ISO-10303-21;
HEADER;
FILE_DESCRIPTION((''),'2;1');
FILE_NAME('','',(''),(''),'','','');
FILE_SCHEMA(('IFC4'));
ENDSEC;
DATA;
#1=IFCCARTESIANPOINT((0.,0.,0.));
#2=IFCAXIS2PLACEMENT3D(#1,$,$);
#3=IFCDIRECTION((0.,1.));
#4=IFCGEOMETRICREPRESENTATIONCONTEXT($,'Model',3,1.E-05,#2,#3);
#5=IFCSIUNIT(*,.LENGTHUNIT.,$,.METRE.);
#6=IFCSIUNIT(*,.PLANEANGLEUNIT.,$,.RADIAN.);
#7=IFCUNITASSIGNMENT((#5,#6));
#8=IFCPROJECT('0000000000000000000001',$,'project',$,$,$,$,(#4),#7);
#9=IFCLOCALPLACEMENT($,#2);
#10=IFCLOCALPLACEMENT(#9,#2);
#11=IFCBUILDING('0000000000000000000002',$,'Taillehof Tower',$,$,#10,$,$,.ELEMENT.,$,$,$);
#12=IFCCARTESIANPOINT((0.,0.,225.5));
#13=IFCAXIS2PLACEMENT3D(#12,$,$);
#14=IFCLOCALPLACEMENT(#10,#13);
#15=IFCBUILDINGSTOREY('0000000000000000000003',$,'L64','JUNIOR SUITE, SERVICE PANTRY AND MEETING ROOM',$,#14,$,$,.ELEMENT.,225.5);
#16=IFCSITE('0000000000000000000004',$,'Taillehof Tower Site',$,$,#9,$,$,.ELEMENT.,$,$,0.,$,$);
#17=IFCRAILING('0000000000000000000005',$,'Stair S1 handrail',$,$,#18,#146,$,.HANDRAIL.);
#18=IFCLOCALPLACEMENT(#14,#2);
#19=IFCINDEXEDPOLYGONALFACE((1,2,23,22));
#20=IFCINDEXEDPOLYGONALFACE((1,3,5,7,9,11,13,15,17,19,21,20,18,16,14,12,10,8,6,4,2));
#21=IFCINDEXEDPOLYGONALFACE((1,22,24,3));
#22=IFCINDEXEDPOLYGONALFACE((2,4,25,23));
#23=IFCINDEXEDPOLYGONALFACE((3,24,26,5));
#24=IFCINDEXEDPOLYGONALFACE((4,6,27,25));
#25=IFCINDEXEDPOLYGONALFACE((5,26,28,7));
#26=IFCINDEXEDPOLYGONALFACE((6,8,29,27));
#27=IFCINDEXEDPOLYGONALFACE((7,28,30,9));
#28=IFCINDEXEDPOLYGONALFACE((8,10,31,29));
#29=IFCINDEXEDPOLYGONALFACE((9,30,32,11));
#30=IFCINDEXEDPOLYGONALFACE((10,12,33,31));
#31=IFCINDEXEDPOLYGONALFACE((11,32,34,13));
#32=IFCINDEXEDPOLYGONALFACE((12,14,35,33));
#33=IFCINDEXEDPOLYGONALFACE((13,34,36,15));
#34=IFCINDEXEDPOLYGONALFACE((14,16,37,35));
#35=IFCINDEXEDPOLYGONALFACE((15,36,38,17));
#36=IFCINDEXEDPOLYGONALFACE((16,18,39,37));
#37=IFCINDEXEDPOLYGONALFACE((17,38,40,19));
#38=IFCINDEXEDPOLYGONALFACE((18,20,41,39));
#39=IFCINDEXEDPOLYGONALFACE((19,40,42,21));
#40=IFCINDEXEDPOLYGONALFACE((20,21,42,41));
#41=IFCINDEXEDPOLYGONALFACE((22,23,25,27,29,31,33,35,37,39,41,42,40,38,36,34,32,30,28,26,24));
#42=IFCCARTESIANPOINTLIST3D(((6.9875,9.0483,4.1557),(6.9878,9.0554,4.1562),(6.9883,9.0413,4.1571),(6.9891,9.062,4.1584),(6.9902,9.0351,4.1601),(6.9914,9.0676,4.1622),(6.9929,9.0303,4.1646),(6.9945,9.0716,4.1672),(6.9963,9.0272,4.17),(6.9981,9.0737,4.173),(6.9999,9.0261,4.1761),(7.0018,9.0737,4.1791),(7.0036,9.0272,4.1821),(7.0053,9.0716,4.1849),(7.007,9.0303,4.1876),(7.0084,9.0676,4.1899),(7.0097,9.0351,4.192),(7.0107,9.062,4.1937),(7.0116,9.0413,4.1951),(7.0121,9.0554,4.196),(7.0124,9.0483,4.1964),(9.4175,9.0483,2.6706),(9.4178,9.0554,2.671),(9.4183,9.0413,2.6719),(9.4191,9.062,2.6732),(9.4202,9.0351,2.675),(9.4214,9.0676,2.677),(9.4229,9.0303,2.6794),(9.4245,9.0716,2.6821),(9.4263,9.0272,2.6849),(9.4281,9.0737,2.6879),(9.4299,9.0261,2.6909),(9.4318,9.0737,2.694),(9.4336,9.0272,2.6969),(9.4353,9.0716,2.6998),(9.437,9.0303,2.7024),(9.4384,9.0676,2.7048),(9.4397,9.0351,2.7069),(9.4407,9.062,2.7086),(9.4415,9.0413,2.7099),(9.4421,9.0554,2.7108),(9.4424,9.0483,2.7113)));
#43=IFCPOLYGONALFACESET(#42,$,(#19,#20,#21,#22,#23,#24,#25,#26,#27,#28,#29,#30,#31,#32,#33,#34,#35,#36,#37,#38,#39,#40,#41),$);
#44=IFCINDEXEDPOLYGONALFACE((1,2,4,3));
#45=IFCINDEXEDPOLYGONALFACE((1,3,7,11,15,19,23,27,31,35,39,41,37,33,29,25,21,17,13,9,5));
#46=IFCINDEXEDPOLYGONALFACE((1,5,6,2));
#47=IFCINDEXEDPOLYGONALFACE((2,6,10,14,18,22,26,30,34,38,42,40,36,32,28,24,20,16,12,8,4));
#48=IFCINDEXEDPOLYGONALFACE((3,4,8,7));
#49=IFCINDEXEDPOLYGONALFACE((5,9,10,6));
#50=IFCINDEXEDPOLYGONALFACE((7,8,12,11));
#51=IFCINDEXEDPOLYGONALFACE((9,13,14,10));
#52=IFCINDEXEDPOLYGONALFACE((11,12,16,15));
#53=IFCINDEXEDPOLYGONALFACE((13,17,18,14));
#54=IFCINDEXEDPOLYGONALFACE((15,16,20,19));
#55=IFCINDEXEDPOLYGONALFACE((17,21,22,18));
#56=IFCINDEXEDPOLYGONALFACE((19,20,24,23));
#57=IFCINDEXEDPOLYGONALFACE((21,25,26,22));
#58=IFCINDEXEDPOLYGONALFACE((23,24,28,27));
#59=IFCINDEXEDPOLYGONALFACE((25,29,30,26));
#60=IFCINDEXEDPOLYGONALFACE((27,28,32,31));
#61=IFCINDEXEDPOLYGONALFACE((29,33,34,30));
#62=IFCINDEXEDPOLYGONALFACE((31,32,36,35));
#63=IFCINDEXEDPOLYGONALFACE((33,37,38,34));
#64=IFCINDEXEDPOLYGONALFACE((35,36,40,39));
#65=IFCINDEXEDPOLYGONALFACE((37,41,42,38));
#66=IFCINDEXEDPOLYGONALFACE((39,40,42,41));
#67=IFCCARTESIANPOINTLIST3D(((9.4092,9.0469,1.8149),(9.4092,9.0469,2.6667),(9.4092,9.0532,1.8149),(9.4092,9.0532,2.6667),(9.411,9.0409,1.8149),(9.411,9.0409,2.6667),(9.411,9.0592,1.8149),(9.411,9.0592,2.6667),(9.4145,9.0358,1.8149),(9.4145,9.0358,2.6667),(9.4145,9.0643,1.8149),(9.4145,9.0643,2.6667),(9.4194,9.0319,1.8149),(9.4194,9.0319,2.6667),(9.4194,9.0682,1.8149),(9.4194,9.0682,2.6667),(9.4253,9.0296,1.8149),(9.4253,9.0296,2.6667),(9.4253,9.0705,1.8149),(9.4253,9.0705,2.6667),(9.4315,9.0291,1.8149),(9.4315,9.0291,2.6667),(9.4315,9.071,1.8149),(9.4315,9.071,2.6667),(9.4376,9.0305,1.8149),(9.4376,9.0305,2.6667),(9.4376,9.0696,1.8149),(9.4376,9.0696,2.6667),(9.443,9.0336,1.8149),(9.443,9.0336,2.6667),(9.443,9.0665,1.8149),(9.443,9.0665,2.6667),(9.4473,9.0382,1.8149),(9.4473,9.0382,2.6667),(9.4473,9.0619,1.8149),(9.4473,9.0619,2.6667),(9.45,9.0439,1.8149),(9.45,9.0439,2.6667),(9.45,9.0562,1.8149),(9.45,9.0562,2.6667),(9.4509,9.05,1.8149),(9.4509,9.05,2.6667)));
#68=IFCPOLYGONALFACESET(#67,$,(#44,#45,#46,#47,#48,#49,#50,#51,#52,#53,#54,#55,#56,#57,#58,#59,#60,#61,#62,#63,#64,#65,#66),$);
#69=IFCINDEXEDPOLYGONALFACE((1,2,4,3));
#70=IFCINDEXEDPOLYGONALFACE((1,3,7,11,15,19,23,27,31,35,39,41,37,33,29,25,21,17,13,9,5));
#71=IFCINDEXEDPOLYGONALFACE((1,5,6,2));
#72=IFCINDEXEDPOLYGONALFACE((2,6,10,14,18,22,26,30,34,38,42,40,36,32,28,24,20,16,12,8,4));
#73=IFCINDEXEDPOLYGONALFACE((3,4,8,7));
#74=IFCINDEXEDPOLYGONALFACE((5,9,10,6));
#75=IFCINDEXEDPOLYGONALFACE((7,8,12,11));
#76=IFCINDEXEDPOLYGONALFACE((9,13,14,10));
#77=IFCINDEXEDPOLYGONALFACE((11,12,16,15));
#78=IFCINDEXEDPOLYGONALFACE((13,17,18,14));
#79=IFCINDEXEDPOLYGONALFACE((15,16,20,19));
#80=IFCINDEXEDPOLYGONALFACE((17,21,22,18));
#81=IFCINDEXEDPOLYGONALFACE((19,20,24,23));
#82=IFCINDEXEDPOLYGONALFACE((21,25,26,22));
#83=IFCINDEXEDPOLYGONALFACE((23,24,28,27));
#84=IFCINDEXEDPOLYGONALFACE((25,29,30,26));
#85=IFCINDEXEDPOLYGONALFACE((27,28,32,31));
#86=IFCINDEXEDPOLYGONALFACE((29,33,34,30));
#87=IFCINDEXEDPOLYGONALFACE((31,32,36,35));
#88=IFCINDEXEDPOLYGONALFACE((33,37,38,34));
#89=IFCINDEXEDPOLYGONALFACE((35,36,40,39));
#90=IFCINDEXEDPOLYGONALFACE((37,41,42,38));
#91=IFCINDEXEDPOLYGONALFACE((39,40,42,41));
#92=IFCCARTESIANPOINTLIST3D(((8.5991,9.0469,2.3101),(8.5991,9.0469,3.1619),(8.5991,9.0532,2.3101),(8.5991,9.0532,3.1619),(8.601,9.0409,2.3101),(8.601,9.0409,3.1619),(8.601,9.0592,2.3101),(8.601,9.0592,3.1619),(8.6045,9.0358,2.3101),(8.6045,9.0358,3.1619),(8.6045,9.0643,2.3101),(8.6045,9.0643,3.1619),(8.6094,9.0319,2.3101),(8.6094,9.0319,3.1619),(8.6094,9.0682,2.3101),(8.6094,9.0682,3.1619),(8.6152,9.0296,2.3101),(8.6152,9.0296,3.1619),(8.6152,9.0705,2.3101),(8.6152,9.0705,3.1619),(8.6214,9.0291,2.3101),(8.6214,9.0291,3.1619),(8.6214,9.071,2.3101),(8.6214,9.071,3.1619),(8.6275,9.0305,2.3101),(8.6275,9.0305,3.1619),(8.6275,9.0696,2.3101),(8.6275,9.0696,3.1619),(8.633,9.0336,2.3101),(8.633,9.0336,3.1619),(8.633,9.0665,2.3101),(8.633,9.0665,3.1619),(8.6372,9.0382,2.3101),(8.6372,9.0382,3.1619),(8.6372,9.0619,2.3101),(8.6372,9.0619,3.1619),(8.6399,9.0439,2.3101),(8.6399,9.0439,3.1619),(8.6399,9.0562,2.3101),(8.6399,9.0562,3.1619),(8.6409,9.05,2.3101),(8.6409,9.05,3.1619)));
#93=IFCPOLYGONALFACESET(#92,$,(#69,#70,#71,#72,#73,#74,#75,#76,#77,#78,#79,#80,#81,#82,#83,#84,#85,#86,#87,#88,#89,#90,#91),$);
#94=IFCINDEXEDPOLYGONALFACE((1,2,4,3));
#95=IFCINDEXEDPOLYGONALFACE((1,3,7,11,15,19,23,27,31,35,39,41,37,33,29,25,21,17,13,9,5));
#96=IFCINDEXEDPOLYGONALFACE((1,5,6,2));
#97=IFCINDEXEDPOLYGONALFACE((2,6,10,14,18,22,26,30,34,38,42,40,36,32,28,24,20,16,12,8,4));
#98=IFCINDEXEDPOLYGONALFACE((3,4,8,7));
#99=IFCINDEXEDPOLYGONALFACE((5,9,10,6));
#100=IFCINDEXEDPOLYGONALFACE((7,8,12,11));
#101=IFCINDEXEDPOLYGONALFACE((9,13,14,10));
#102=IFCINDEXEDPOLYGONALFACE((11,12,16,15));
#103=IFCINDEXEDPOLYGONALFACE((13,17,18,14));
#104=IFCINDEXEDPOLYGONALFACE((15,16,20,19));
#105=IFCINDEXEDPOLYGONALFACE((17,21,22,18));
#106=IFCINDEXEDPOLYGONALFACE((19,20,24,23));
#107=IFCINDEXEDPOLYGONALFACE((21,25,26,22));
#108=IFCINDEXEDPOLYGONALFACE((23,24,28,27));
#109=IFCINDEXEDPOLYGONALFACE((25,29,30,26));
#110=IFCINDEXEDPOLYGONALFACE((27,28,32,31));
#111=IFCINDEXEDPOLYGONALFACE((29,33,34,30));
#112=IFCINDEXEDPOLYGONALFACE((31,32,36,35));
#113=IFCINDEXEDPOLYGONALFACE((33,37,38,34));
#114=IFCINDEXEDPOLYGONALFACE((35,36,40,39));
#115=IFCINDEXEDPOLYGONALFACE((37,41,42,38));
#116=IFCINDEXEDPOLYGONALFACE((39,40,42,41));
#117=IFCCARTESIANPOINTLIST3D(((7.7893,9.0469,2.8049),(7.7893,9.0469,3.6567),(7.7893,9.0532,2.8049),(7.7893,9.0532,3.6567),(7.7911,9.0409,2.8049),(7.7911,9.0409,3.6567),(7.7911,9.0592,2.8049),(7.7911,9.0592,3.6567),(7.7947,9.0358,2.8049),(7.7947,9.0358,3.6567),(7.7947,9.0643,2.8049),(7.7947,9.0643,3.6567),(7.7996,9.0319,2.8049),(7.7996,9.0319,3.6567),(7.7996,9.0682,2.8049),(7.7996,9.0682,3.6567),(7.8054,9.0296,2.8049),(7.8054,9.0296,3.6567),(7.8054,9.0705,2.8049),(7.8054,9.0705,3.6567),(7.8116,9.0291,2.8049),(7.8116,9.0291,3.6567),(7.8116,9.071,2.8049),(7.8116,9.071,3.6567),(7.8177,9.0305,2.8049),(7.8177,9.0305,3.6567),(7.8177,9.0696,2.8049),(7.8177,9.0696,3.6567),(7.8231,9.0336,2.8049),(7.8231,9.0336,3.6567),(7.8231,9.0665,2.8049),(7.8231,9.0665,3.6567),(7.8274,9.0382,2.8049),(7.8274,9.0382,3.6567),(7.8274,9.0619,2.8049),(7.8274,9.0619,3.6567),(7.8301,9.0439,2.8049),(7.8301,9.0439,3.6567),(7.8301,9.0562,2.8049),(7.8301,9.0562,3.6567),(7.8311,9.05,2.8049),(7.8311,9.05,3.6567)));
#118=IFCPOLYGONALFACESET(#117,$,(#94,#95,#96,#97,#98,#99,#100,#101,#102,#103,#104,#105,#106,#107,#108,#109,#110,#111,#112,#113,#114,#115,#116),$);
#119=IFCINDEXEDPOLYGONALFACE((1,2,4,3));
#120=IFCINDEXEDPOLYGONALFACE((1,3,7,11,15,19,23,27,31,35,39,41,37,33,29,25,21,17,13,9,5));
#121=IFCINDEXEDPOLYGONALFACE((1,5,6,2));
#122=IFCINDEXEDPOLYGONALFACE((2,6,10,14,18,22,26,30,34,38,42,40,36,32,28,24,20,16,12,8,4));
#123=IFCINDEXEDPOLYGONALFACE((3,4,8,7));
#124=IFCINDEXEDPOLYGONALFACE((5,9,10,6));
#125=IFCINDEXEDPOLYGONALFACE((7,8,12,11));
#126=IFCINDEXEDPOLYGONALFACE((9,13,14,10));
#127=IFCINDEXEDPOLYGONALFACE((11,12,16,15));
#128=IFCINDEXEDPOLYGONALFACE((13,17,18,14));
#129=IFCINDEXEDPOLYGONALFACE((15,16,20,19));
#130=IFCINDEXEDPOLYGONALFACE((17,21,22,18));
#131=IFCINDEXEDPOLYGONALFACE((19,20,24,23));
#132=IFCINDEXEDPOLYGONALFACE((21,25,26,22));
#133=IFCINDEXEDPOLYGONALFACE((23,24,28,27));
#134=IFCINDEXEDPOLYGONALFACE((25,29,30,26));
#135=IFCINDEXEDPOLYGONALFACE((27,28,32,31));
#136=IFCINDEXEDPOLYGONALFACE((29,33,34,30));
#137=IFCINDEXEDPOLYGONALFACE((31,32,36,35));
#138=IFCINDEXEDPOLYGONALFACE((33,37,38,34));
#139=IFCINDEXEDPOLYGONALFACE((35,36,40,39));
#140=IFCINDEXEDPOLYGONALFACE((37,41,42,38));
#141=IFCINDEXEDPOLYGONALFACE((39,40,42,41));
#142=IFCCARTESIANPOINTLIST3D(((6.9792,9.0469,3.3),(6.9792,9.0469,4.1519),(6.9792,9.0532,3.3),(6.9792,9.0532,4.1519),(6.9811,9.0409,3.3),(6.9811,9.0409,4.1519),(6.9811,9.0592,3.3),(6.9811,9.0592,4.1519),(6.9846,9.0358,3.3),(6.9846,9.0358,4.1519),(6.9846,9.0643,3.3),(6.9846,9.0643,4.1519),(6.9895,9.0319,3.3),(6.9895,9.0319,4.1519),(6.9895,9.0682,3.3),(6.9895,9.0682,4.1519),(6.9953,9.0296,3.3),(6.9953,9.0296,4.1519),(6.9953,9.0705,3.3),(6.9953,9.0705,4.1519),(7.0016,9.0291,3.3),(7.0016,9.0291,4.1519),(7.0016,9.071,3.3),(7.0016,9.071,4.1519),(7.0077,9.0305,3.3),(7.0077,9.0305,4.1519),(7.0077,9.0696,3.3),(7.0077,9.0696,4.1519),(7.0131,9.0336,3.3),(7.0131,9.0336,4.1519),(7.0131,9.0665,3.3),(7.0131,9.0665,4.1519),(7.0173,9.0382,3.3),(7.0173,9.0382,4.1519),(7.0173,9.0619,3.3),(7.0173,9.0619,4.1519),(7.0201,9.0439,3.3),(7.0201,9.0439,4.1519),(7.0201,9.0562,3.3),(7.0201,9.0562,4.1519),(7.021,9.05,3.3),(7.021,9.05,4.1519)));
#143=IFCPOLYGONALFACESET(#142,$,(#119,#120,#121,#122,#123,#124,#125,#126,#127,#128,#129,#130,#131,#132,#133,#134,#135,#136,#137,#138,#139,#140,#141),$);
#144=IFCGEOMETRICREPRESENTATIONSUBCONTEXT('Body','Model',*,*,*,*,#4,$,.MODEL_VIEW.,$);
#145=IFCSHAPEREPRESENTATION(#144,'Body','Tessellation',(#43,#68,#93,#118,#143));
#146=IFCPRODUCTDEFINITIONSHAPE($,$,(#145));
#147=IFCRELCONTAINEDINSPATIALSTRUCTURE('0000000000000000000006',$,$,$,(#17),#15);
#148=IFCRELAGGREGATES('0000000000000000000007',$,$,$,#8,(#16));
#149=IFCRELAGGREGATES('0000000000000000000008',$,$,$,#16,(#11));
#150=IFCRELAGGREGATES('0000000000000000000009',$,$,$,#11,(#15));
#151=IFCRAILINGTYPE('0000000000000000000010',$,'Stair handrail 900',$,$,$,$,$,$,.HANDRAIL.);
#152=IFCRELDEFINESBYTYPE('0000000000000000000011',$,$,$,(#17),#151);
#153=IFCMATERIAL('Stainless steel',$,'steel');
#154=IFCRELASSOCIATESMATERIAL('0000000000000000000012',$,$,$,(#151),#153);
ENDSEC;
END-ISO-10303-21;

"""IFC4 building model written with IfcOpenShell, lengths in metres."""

from ifc_helpers import new_model, si_unit, direction, frame, origin, origin_2d, place, context, subcontext, project, spatial, circle, extrude, material, type_object, element, save


model = new_model("IFC4")

# Units and contexts
model_context = context("Model", 3, precision=1e-05, world=origin(), true_north=direction((0.0, 1.0)))
body_context = subcontext(model_context, "Body", "Model", "MODEL_VIEW")
ifc_project = project(units=[si_unit("LENGTHUNIT", "METRE"), si_unit("PLANEANGLEUNIT", "RADIAN")], contexts=[model_context])

# Site, building, storey
site_placement = place(None, origin())
site = spatial("IfcSite", under=ifc_project, at=site_placement, Name="Taillehof Tower Site", CompositionType="ELEMENT", RefElevation=0.0)
building_placement = place(site_placement, origin())
building = spatial("IfcBuilding", under=site, at=building_placement, Name="Taillehof Tower", CompositionType="ELEMENT")
storey_placement = place(building_placement, frame((0.0, 0.0, 225.5)))
storey = spatial("IfcBuildingStorey", under=building, at=storey_placement, Name="L64", Description="JUNIOR SUITE, SERVICE PANTRY AND MEETING ROOM", CompositionType="ELEMENT", Elevation=225.5)

# Railing
ifc_material_1 = material(Name="Stainless steel", Category="steel")
railing_type = type_object("IfcRailingType", Name="Stair handrail 900", PredefinedType="HANDRAIL", material=ifc_material_1)
railing_placement = place(storey_placement, frame((9.4299, 9.05, 1.8149)))
element("IfcRailing", 1, at=railing_placement, inside=storey, type_object=railing_type, Name="Stair S1 handrail", PredefinedType="HANDRAIL", context=body_context, shape_type="SweptSolid", body=[
    extrude(circle(Radius=0.0239, at=origin_2d()), frame((0.0, 0.0, 0.876), z_axis=(-0.853259, 0.0, 0.521488), x_axis=(0.0, -1.0, 0.0)), (0.0, 0.0, 1.0), 2.8479),
    extrude(circle(Radius=0.021, at=origin_2d()), origin(), (0.0, 0.0, 1.0), 0.8518),
    extrude(circle(Radius=0.021, at=origin_2d()), frame((-0.8101, 0.0, 0.4951)), (0.0, 0.0, 1.0), 0.8518),
    extrude(circle(Radius=0.021, at=origin_2d()), frame((-1.6199, 0.0, 0.99)), (0.0, 0.0, 1.0), 0.8518),
    extrude(circle(Radius=0.021, at=origin_2d()), frame((-2.4299, 0.0, 1.4851)), (0.0, 0.0, 1.0), 0.8518),
])

save(model, "model.ifc")
